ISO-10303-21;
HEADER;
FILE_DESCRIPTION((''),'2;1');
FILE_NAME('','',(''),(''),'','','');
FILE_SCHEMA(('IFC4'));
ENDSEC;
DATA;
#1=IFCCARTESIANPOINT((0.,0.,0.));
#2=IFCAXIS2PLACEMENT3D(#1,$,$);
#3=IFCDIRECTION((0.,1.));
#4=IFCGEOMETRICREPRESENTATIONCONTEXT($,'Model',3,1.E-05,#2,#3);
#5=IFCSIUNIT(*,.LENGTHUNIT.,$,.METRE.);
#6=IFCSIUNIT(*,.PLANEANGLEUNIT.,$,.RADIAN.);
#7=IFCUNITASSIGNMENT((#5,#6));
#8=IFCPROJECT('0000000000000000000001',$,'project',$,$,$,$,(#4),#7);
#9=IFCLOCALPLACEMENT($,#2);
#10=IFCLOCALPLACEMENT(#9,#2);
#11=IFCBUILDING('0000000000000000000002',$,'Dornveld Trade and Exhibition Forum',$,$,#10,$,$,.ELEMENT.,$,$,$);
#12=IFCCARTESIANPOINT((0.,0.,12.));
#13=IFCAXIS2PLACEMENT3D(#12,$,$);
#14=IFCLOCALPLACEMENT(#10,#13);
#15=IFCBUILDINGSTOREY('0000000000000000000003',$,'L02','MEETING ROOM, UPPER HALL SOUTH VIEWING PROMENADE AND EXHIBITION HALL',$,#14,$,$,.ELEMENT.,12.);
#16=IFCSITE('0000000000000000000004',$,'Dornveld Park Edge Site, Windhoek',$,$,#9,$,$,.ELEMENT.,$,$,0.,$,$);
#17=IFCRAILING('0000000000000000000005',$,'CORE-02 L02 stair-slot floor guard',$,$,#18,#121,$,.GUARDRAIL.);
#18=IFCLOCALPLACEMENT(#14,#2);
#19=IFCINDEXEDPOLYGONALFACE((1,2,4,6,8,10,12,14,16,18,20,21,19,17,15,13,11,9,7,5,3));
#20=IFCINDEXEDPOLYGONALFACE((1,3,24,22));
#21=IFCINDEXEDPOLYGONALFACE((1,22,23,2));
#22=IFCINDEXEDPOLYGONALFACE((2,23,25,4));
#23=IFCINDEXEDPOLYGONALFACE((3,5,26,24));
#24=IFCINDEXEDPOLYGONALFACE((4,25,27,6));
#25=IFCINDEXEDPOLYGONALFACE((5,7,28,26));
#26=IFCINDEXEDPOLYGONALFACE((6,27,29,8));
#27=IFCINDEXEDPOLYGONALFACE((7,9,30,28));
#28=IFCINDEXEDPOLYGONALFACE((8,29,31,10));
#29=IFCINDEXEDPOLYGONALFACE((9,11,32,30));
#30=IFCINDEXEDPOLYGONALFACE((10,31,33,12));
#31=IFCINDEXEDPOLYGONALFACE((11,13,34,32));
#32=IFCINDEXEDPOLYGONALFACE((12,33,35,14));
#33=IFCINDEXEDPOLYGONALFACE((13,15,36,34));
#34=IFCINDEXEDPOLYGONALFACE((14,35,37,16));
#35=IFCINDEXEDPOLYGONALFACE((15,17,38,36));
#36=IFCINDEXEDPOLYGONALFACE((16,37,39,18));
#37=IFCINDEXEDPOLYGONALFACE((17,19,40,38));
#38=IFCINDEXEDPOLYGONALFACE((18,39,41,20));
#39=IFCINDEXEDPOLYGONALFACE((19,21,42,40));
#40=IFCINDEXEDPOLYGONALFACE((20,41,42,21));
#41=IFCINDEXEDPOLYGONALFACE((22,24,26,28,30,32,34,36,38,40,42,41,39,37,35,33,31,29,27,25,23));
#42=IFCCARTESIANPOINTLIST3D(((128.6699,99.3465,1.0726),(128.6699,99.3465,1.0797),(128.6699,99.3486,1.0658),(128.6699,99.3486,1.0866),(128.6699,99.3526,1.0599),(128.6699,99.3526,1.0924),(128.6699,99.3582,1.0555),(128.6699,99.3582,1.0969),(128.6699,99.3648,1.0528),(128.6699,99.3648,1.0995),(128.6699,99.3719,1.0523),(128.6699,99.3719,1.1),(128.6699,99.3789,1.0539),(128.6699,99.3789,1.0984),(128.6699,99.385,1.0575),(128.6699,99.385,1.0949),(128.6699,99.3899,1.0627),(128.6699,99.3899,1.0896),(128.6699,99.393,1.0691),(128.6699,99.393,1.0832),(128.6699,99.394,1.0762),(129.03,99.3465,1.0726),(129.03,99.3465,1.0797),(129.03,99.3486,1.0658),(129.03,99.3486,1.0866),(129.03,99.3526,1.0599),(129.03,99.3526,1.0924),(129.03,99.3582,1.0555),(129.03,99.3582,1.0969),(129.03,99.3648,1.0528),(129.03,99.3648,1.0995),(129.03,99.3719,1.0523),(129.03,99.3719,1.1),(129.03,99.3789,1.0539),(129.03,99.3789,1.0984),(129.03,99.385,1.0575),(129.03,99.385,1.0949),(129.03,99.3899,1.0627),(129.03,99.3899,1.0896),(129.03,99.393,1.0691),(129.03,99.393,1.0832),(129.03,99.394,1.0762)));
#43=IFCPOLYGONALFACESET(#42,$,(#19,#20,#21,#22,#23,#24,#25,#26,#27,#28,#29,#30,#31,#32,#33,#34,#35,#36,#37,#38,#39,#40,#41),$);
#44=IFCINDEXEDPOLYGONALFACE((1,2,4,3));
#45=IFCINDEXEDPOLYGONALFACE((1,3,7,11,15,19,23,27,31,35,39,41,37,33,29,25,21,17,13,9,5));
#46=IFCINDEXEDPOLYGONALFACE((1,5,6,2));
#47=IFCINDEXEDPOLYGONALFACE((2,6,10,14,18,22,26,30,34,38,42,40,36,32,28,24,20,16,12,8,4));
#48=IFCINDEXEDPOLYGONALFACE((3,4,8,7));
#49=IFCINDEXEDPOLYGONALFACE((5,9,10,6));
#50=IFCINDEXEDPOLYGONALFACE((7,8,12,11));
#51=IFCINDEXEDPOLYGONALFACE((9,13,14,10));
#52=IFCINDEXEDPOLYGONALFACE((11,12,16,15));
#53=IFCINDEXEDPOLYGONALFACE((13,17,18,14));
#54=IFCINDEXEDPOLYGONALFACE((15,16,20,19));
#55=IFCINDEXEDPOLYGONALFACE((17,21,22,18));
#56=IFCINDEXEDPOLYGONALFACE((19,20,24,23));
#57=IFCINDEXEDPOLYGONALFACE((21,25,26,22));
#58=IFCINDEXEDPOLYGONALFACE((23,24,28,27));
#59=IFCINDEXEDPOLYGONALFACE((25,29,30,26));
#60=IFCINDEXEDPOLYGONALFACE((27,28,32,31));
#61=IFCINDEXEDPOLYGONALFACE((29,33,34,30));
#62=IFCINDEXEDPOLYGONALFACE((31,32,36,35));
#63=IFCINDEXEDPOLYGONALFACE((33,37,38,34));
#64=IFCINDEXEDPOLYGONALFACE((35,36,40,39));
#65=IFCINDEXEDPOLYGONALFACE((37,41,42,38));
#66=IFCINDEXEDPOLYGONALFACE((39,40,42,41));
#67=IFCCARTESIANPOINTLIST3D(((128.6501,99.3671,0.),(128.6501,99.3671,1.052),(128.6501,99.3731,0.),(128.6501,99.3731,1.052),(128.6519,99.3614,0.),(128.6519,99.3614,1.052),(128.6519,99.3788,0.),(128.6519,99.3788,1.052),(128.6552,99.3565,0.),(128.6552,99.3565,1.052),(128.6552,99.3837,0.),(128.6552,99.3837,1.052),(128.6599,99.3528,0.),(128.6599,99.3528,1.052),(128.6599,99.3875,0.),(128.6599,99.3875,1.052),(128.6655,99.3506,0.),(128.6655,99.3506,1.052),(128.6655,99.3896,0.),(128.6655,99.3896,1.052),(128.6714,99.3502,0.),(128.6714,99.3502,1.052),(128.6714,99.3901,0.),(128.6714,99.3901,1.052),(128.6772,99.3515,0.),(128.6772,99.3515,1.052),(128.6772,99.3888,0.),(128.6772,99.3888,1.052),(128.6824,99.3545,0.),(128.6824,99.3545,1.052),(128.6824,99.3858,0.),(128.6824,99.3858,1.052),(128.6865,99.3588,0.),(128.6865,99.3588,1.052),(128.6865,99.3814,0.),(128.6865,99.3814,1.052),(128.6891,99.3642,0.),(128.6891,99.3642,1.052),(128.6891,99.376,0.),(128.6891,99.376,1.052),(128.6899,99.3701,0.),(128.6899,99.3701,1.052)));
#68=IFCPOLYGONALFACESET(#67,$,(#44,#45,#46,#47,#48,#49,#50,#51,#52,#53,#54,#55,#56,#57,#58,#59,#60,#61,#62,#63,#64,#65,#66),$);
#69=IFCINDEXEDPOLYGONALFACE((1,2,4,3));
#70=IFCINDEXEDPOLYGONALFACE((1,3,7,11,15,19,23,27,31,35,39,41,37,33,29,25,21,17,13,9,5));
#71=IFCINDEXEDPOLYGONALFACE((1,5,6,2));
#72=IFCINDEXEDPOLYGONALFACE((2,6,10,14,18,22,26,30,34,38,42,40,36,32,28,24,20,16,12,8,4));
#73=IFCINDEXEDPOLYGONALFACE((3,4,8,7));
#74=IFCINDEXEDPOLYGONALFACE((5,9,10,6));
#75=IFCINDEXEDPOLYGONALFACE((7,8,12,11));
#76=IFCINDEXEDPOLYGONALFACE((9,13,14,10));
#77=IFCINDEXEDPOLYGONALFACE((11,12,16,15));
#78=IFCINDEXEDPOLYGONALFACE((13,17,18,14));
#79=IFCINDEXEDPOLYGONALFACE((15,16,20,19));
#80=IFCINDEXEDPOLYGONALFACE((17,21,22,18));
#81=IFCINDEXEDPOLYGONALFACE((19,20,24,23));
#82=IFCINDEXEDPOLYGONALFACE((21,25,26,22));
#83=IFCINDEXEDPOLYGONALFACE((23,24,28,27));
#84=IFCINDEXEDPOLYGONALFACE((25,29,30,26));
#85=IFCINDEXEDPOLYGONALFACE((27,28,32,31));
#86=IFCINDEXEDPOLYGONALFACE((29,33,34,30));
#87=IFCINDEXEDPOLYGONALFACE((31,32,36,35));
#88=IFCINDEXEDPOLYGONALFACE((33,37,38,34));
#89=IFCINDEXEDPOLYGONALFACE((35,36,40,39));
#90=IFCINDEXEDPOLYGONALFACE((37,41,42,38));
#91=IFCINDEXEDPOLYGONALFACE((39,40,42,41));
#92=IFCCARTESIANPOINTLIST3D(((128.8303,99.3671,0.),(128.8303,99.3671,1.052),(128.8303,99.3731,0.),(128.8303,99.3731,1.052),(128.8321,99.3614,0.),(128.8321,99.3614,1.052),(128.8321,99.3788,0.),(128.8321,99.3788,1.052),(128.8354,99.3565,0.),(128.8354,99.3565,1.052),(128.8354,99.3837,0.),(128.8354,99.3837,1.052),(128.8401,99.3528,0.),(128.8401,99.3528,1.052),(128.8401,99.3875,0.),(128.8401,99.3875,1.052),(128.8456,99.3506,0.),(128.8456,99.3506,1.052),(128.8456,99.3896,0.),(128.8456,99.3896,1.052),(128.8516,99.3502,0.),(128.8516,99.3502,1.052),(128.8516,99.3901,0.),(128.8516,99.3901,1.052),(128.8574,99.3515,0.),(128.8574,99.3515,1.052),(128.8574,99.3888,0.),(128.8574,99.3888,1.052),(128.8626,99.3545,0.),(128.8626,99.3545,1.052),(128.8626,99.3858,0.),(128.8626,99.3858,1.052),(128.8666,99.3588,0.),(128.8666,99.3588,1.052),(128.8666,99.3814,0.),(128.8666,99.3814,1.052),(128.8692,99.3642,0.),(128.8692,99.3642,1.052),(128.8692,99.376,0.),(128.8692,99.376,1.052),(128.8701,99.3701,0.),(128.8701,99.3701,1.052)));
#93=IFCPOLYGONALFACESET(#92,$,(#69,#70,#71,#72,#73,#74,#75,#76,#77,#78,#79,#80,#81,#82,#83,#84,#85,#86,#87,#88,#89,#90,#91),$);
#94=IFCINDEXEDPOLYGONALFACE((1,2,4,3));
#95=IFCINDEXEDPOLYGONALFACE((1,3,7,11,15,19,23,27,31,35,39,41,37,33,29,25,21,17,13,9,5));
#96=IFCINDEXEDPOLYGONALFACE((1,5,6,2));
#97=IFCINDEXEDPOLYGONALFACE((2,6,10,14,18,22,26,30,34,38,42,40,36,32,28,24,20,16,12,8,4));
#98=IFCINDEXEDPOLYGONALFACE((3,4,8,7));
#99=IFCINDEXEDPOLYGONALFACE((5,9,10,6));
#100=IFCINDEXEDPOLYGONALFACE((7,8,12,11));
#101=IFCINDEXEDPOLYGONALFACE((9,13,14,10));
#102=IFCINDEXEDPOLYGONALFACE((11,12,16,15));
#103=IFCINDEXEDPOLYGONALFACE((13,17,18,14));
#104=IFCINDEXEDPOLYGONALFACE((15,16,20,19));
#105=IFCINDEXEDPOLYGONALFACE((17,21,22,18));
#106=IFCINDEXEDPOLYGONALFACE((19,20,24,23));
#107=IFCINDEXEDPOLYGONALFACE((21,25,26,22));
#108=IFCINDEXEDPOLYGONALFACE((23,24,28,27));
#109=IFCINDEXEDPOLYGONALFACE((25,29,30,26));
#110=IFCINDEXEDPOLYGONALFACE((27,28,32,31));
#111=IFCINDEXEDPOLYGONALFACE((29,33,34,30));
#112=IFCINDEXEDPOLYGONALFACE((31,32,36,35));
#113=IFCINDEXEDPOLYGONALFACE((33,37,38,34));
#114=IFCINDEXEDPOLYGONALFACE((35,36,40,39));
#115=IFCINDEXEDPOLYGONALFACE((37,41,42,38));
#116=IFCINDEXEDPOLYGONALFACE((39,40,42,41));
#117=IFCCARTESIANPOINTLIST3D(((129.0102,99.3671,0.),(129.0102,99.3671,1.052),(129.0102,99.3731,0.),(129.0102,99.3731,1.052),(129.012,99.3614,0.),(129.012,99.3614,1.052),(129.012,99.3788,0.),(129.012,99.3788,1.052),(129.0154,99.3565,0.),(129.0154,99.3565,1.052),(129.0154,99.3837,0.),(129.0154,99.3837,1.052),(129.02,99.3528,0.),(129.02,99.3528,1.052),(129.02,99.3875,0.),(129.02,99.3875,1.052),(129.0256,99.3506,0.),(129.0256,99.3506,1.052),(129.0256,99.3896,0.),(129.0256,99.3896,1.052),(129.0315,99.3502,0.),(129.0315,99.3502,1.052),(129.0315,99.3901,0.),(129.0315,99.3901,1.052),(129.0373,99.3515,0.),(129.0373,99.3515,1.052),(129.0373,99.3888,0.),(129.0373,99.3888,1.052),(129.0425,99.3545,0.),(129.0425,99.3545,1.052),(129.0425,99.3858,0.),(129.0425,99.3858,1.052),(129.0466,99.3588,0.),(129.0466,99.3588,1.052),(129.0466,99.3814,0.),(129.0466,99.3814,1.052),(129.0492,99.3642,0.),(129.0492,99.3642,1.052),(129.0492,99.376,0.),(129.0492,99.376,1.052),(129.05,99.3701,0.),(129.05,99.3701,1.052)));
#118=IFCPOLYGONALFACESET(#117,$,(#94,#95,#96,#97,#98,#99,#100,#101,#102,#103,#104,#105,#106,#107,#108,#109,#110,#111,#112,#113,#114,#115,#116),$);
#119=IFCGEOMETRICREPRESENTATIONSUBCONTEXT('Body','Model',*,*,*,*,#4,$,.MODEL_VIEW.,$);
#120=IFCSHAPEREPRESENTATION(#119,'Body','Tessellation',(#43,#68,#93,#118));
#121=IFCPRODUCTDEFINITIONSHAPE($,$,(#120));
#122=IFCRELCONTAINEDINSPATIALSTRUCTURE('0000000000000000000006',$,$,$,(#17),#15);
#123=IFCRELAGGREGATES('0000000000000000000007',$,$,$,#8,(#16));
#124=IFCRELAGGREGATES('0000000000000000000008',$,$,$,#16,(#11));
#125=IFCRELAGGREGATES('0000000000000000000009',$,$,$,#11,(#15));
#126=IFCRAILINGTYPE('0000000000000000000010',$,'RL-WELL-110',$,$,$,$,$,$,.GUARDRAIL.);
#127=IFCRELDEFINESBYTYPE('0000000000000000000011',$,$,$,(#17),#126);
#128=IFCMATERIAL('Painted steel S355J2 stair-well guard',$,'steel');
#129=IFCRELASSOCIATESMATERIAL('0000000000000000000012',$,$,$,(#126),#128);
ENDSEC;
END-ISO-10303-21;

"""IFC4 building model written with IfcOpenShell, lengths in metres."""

from ifc_helpers import new_model, si_unit, direction, frame, origin, origin_2d, place, context, subcontext, project, spatial, circle, extrude, material, type_object, element, save


model = new_model("IFC4")

# Units and contexts
model_context = context("Model", 3, precision=1e-05, world=origin(), true_north=direction((0.0, 1.0)))
body_context = subcontext(model_context, "Body", "Model", "MODEL_VIEW")
ifc_project = project(units=[si_unit("LENGTHUNIT", "METRE"), si_unit("PLANEANGLEUNIT", "RADIAN")], contexts=[model_context])

# Site, building, storey
site_placement = place(None, origin())
site = spatial("IfcSite", under=ifc_project, at=site_placement, Name="Dornveld Park Edge Site, Windhoek", CompositionType="ELEMENT", RefElevation=0.0)
building_placement = place(site_placement, origin())
building = spatial("IfcBuilding", under=site, at=building_placement, Name="Dornveld Trade and Exhibition Forum", CompositionType="ELEMENT")
storey_placement = place(building_placement, frame((0.0, 0.0, 12.0)))
storey = spatial("IfcBuildingStorey", under=building, at=storey_placement, Name="L02", Description="MEETING ROOM, UPPER HALL SOUTH VIEWING PROMENADE AND EXHIBITION HALL", CompositionType="ELEMENT", Elevation=12.0)

# Railing
ifc_material_1 = material(Name="Painted steel S355J2 stair-well guard", Category="steel")
railing_type_1 = type_object("IfcRailingType", Name="RL-WELL-110", PredefinedType="GUARDRAIL", material=ifc_material_1)
railing_1_placement = place(storey_placement, frame((128.6699, 99.3701, 0.0)))
element("IfcRailing", 1, at=railing_1_placement, inside=storey, type_object=railing_type_1, Name="CORE-02 L02 stair-slot floor guard", PredefinedType="GUARDRAIL", context=body_context, shape_type="SweptSolid", body=[
    extrude(circle(Radius=0.0239, at=origin_2d()), frame((0.0, 0.0, 1.0762), z_axis=(1.0, 0.0, 0.0), x_axis=(0.0, 1.0, 0.0)), (0.0, 0.0, 1.0), 0.3601),
    extrude(circle(Radius=0.02, at=origin_2d()), origin(), (0.0, 0.0, 1.0), 1.052),
    extrude(circle(Radius=0.02, at=origin_2d()), frame((0.1802, 0.0, 0.0)), (0.0, 0.0, 1.0), 1.052),
    extrude(circle(Radius=0.02, at=origin_2d()), frame((0.3601, 0.0, 0.0)), (0.0, 0.0, 1.0), 1.052),
])

save(model, "model.ifc")
